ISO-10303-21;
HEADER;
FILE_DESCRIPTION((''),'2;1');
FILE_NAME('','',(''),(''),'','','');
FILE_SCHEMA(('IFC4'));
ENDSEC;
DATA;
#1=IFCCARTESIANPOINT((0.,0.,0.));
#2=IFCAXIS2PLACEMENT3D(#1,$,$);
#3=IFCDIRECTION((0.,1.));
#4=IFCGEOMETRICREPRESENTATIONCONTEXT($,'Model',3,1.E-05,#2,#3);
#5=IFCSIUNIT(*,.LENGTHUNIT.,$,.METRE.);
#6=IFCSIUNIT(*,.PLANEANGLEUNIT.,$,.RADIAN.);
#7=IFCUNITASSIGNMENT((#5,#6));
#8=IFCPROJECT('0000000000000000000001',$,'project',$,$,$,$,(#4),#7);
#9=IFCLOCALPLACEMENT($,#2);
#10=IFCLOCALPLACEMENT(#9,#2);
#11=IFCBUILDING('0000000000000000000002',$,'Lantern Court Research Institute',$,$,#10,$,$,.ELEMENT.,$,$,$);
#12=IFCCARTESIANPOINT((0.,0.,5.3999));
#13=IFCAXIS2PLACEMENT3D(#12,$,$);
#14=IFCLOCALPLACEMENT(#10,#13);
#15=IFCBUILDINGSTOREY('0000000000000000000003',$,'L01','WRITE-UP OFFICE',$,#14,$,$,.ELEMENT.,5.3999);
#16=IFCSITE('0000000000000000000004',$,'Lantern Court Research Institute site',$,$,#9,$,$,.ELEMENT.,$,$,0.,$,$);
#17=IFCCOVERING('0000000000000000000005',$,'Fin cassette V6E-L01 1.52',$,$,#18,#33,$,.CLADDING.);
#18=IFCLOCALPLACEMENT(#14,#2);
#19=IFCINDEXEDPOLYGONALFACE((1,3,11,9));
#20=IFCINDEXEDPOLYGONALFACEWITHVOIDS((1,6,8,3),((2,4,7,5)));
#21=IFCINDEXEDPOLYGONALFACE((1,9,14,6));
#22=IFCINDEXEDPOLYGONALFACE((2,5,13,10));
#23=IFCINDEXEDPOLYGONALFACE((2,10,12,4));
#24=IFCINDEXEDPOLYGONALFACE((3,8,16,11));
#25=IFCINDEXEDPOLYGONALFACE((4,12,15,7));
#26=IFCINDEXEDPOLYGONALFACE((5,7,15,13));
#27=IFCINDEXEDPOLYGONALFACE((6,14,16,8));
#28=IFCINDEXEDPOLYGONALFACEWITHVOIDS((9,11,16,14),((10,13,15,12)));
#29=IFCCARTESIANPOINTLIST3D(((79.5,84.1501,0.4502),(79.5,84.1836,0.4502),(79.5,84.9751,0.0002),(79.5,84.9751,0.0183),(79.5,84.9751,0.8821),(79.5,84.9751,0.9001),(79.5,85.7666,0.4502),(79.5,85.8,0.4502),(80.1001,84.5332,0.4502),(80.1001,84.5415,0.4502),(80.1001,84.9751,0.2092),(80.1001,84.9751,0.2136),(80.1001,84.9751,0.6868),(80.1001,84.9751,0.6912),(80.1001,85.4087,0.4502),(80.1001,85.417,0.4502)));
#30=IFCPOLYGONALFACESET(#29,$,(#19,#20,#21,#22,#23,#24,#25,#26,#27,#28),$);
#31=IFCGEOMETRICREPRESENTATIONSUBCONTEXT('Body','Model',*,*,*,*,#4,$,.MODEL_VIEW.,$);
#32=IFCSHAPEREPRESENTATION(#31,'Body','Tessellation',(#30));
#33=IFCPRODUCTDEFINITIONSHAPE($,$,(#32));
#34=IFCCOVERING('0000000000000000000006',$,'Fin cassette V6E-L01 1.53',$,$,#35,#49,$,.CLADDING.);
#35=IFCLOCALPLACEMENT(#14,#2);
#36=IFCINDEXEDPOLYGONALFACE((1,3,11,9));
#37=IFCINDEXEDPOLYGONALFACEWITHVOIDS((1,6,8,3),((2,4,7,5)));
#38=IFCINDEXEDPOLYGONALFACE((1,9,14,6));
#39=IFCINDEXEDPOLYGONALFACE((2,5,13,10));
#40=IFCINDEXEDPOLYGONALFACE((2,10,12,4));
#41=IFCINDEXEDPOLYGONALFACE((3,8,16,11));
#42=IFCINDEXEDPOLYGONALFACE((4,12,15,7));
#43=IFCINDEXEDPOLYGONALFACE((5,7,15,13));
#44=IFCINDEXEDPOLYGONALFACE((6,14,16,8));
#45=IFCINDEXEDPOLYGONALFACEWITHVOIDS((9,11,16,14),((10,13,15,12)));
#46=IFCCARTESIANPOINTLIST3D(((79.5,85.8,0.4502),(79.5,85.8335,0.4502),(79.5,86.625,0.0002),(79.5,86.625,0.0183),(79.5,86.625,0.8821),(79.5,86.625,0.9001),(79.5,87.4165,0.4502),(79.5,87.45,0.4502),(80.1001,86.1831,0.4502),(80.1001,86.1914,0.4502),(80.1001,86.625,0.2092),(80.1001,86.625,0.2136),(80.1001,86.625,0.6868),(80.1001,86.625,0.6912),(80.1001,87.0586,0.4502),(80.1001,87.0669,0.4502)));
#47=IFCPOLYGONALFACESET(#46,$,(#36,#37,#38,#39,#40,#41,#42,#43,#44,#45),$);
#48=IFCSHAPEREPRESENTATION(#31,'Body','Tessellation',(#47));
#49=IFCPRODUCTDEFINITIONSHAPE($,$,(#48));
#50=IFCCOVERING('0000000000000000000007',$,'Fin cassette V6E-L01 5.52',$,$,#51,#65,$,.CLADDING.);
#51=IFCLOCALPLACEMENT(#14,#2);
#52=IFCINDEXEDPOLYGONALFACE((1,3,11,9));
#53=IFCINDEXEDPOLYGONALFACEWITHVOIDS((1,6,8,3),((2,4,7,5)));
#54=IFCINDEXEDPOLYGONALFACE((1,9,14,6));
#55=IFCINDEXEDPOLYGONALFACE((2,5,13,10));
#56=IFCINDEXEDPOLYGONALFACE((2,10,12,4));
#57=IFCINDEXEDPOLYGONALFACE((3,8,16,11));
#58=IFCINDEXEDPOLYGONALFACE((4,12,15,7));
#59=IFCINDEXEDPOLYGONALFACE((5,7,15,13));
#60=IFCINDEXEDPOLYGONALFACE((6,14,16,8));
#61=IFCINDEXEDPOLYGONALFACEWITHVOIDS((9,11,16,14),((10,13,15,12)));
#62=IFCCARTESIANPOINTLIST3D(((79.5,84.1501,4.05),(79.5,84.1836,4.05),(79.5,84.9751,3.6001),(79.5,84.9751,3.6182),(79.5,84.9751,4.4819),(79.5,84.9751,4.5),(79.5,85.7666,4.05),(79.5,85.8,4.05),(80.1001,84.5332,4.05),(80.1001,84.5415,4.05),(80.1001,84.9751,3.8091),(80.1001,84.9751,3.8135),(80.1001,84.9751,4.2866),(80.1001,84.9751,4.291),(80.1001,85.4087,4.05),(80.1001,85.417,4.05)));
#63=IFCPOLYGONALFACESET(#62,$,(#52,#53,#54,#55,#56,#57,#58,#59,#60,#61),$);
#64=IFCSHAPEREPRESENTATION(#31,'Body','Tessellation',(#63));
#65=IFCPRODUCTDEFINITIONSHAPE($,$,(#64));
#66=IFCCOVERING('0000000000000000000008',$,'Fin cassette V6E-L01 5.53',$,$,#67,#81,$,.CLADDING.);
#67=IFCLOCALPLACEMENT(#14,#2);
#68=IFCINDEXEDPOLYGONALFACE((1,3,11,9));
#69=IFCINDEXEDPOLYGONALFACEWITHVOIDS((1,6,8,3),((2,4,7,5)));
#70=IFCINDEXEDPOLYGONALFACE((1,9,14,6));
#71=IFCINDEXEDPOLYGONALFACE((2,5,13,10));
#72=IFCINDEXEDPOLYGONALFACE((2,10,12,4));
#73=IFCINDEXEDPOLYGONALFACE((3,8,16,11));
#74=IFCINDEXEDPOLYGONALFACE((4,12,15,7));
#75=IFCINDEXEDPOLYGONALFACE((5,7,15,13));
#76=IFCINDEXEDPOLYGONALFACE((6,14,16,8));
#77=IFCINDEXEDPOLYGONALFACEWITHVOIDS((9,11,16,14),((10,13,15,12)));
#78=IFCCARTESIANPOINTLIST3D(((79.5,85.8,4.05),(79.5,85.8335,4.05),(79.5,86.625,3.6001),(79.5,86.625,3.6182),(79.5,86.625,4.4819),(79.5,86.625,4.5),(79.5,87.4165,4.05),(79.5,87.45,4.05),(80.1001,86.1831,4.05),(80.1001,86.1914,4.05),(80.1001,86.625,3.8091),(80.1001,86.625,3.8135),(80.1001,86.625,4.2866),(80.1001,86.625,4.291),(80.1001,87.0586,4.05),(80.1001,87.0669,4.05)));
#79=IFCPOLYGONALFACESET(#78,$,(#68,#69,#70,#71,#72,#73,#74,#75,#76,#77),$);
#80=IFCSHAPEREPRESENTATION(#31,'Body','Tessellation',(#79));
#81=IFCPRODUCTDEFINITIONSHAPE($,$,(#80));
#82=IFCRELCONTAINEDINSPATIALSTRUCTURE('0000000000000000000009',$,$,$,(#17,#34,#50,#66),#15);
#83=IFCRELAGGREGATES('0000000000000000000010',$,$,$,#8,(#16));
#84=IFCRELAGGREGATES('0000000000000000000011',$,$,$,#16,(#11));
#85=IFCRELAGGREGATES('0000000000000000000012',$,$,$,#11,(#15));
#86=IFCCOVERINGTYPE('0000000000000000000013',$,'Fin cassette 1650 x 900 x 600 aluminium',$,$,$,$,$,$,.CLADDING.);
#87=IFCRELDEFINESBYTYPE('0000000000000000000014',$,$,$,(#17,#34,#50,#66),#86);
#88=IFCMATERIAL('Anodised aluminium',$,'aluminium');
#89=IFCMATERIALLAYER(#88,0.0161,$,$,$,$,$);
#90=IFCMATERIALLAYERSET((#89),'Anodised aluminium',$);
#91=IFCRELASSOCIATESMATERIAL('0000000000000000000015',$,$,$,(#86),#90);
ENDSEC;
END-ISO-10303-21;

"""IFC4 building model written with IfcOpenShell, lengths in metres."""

from ifc_helpers import new_model, entity, si_unit, direction, frame, origin, place, context, subcontext, project, spatial, material, layer, layer_set, type_object, element, save


model = new_model("IFC4")

# Units and contexts
model_context = context("Model", 3, precision=1e-05, world=origin(), true_north=direction((0.0, 1.0)))
body_context = subcontext(model_context, "Body", "Model", "MODEL_VIEW")
ifc_project = project(units=[si_unit("LENGTHUNIT", "METRE"), si_unit("PLANEANGLEUNIT", "RADIAN")], contexts=[model_context])

# Site, building, storey
site_placement = place(None, origin())
site = spatial("IfcSite", under=ifc_project, at=site_placement, Name="Lantern Court Research Institute site", CompositionType="ELEMENT", RefElevation=0.0)
building_placement = place(site_placement, origin())
building = spatial("IfcBuilding", under=site, at=building_placement, Name="Lantern Court Research Institute", CompositionType="ELEMENT")
storey_placement = place(building_placement, frame((0.0, 0.0, 5.3999)))
storey = spatial("IfcBuildingStorey", under=building, at=storey_placement, Name="L01", Description="WRITE-UP OFFICE", CompositionType="ELEMENT", Elevation=5.3999)

# Coverings
ifc_material_1 = material(Name="Anodised aluminium", Category="aluminium")
ifc_layer_1 = layer(ifc_material_1, 0.0161)
ifc_layer_set_1 = layer_set([ifc_layer_1], Name="Anodised aluminium")
covering_type_1 = type_object("IfcCoveringType", Name="Fin cassette 1650 x 900 x 600 aluminium", PredefinedType="CLADDING", material=ifc_layer_set_1)
covering_1_placement = place(storey_placement, frame((79.5, 84.9751, 0.4502), z_axis=(1.0, 0.0, 0.0), x_axis=(0.0, 1.0, 0.0)))
cartesian_point_1 = entity("IfcCartesianPoint", [0.825, 0.0])
cartesian_point_2 = entity("IfcCartesianPoint", [0.7915, 0.0])
cartesian_point_3 = entity("IfcCartesianPoint", [0.4419, 0.0])
cartesian_point_4 = entity("IfcCartesianPoint", [0.4336, 0.0])
element("IfcCovering", 1, at=covering_1_placement, inside=storey, type_object=covering_type_1, Name="Fin cassette V6E-L01 1.52", PredefinedType="CLADDING", context=body_context, shape_type="SweptSolid", body=[
    entity("IfcExtrudedAreaSolidTapered", entity("IfcArbitraryProfileDefWithVoids", "AREA", None, entity("IfcPolyline", [cartesian_point_1, entity("IfcCartesianPoint", [0.0, 0.45]), entity("IfcCartesianPoint", [-0.825, 0.0]), entity("IfcCartesianPoint", [0.0, -0.45]), cartesian_point_1]), [entity("IfcPolyline", [cartesian_point_2, entity("IfcCartesianPoint", [0.0, 0.4319]), entity("IfcCartesianPoint", [-0.7915, 0.0]), entity("IfcCartesianPoint", [0.0, -0.4319]), cartesian_point_2])]), entity("IfcAxis2Placement3D", entity("IfcCartesianPoint", [0.0, 0.0, 0.0])), entity("IfcDirection", [0.0, 0.0, 1.0]), 0.6001, entity("IfcArbitraryProfileDefWithVoids", "AREA", None, entity("IfcPolyline", [cartesian_point_3, entity("IfcCartesianPoint", [0.0, 0.241]), entity("IfcCartesianPoint", [-0.4419, 0.0]), entity("IfcCartesianPoint", [0.0, -0.241]), cartesian_point_3]), [entity("IfcPolyline", [cartesian_point_4, entity("IfcCartesianPoint", [0.0, 0.2366]), entity("IfcCartesianPoint", [-0.4336, 0.0]), entity("IfcCartesianPoint", [0.0, -0.2366]), cartesian_point_4])])),
])
covering_2_placement = place(storey_placement, frame((79.5, 86.625, 0.4502), z_axis=(1.0, 0.0, 0.0), x_axis=(0.0, 1.0, 0.0)))
cartesian_point_5 = entity("IfcCartesianPoint", [0.825, 0.0])
cartesian_point_6 = entity("IfcCartesianPoint", [0.7915, 0.0])
cartesian_point_7 = entity("IfcCartesianPoint", [0.4419, 0.0])
cartesian_point_8 = entity("IfcCartesianPoint", [0.4336, 0.0])
element("IfcCovering", 2, at=covering_2_placement, inside=storey, type_object=covering_type_1, Name="Fin cassette V6E-L01 1.53", PredefinedType="CLADDING", context=body_context, shape_type="SweptSolid", body=[
    entity("IfcExtrudedAreaSolidTapered", entity("IfcArbitraryProfileDefWithVoids", "AREA", None, entity("IfcPolyline", [cartesian_point_5, entity("IfcCartesianPoint", [0.0, 0.45]), entity("IfcCartesianPoint", [-0.825, 0.0]), entity("IfcCartesianPoint", [0.0, -0.45]), cartesian_point_5]), [entity("IfcPolyline", [cartesian_point_6, entity("IfcCartesianPoint", [0.0, 0.4319]), entity("IfcCartesianPoint", [-0.7915, 0.0]), entity("IfcCartesianPoint", [0.0, -0.4319]), cartesian_point_6])]), entity("IfcAxis2Placement3D", entity("IfcCartesianPoint", [0.0, 0.0, 0.0])), entity("IfcDirection", [0.0, 0.0, 1.0]), 0.6001, entity("IfcArbitraryProfileDefWithVoids", "AREA", None, entity("IfcPolyline", [cartesian_point_7, entity("IfcCartesianPoint", [0.0, 0.241]), entity("IfcCartesianPoint", [-0.4419, 0.0]), entity("IfcCartesianPoint", [0.0, -0.241]), cartesian_point_7]), [entity("IfcPolyline", [cartesian_point_8, entity("IfcCartesianPoint", [0.0, 0.2366]), entity("IfcCartesianPoint", [-0.4336, 0.0]), entity("IfcCartesianPoint", [0.0, -0.2366]), cartesian_point_8])])),
])
covering_3_placement = place(storey_placement, frame((79.5, 84.9751, 4.05), z_axis=(1.0, 0.0, 0.0), x_axis=(0.0, 1.0, 0.0)))
cartesian_point_9 = entity("IfcCartesianPoint", [0.825, 0.0])
cartesian_point_10 = entity("IfcCartesianPoint", [0.7915, 0.0])
cartesian_point_11 = entity("IfcCartesianPoint", [0.4419, 0.0])
cartesian_point_12 = entity("IfcCartesianPoint", [0.4336, 0.0])
element("IfcCovering", 3, at=covering_3_placement, inside=storey, type_object=covering_type_1, Name="Fin cassette V6E-L01 5.52", PredefinedType="CLADDING", context=body_context, shape_type="SweptSolid", body=[
    entity("IfcExtrudedAreaSolidTapered", entity("IfcArbitraryProfileDefWithVoids", "AREA", None, entity("IfcPolyline", [cartesian_point_9, entity("IfcCartesianPoint", [0.0, 0.45]), entity("IfcCartesianPoint", [-0.825, 0.0]), entity("IfcCartesianPoint", [0.0, -0.45]), cartesian_point_9]), [entity("IfcPolyline", [cartesian_point_10, entity("IfcCartesianPoint", [0.0, 0.4319]), entity("IfcCartesianPoint", [-0.7915, 0.0]), entity("IfcCartesianPoint", [0.0, -0.4319]), cartesian_point_10])]), entity("IfcAxis2Placement3D", entity("IfcCartesianPoint", [0.0, 0.0, 0.0])), entity("IfcDirection", [0.0, 0.0, 1.0]), 0.6001, entity("IfcArbitraryProfileDefWithVoids", "AREA", None, entity("IfcPolyline", [cartesian_point_11, entity("IfcCartesianPoint", [0.0, 0.241]), entity("IfcCartesianPoint", [-0.4419, 0.0]), entity("IfcCartesianPoint", [0.0, -0.241]), cartesian_point_11]), [entity("IfcPolyline", [cartesian_point_12, entity("IfcCartesianPoint", [0.0, 0.2366]), entity("IfcCartesianPoint", [-0.4336, 0.0]), entity("IfcCartesianPoint", [0.0, -0.2366]), cartesian_point_12])])),
])
covering_4_placement = place(storey_placement, frame((79.5, 86.625, 4.05), z_axis=(1.0, 0.0, 0.0), x_axis=(0.0, 1.0, 0.0)))
cartesian_point_13 = entity("IfcCartesianPoint", [0.825, 0.0])
cartesian_point_14 = entity("IfcCartesianPoint", [0.7915, 0.0])
cartesian_point_15 = entity("IfcCartesianPoint", [0.4419, 0.0])
cartesian_point_16 = entity("IfcCartesianPoint", [0.4336, 0.0])
element("IfcCovering", 4, at=covering_4_placement, inside=storey, type_object=covering_type_1, Name="Fin cassette V6E-L01 5.53", PredefinedType="CLADDING", context=body_context, shape_type="SweptSolid", body=[
    entity("IfcExtrudedAreaSolidTapered", entity("IfcArbitraryProfileDefWithVoids", "AREA", None, entity("IfcPolyline", [cartesian_point_13, entity("IfcCartesianPoint", [0.0, 0.45]), entity("IfcCartesianPoint", [-0.825, 0.0]), entity("IfcCartesianPoint", [0.0, -0.45]), cartesian_point_13]), [entity("IfcPolyline", [cartesian_point_14, entity("IfcCartesianPoint", [0.0, 0.4319]), entity("IfcCartesianPoint", [-0.7915, 0.0]), entity("IfcCartesianPoint", [0.0, -0.4319]), cartesian_point_14])]), entity("IfcAxis2Placement3D", entity("IfcCartesianPoint", [0.0, 0.0, 0.0])), entity("IfcDirection", [0.0, 0.0, 1.0]), 0.6001, entity("IfcArbitraryProfileDefWithVoids", "AREA", None, entity("IfcPolyline", [cartesian_point_15, entity("IfcCartesianPoint", [0.0, 0.241]), entity("IfcCartesianPoint", [-0.4419, 0.0]), entity("IfcCartesianPoint", [0.0, -0.241]), cartesian_point_15]), [entity("IfcPolyline", [cartesian_point_16, entity("IfcCartesianPoint", [0.0, 0.2366]), entity("IfcCartesianPoint", [-0.4336, 0.0]), entity("IfcCartesianPoint", [0.0, -0.2366]), cartesian_point_16])])),
])

save(model, "model.ifc")
